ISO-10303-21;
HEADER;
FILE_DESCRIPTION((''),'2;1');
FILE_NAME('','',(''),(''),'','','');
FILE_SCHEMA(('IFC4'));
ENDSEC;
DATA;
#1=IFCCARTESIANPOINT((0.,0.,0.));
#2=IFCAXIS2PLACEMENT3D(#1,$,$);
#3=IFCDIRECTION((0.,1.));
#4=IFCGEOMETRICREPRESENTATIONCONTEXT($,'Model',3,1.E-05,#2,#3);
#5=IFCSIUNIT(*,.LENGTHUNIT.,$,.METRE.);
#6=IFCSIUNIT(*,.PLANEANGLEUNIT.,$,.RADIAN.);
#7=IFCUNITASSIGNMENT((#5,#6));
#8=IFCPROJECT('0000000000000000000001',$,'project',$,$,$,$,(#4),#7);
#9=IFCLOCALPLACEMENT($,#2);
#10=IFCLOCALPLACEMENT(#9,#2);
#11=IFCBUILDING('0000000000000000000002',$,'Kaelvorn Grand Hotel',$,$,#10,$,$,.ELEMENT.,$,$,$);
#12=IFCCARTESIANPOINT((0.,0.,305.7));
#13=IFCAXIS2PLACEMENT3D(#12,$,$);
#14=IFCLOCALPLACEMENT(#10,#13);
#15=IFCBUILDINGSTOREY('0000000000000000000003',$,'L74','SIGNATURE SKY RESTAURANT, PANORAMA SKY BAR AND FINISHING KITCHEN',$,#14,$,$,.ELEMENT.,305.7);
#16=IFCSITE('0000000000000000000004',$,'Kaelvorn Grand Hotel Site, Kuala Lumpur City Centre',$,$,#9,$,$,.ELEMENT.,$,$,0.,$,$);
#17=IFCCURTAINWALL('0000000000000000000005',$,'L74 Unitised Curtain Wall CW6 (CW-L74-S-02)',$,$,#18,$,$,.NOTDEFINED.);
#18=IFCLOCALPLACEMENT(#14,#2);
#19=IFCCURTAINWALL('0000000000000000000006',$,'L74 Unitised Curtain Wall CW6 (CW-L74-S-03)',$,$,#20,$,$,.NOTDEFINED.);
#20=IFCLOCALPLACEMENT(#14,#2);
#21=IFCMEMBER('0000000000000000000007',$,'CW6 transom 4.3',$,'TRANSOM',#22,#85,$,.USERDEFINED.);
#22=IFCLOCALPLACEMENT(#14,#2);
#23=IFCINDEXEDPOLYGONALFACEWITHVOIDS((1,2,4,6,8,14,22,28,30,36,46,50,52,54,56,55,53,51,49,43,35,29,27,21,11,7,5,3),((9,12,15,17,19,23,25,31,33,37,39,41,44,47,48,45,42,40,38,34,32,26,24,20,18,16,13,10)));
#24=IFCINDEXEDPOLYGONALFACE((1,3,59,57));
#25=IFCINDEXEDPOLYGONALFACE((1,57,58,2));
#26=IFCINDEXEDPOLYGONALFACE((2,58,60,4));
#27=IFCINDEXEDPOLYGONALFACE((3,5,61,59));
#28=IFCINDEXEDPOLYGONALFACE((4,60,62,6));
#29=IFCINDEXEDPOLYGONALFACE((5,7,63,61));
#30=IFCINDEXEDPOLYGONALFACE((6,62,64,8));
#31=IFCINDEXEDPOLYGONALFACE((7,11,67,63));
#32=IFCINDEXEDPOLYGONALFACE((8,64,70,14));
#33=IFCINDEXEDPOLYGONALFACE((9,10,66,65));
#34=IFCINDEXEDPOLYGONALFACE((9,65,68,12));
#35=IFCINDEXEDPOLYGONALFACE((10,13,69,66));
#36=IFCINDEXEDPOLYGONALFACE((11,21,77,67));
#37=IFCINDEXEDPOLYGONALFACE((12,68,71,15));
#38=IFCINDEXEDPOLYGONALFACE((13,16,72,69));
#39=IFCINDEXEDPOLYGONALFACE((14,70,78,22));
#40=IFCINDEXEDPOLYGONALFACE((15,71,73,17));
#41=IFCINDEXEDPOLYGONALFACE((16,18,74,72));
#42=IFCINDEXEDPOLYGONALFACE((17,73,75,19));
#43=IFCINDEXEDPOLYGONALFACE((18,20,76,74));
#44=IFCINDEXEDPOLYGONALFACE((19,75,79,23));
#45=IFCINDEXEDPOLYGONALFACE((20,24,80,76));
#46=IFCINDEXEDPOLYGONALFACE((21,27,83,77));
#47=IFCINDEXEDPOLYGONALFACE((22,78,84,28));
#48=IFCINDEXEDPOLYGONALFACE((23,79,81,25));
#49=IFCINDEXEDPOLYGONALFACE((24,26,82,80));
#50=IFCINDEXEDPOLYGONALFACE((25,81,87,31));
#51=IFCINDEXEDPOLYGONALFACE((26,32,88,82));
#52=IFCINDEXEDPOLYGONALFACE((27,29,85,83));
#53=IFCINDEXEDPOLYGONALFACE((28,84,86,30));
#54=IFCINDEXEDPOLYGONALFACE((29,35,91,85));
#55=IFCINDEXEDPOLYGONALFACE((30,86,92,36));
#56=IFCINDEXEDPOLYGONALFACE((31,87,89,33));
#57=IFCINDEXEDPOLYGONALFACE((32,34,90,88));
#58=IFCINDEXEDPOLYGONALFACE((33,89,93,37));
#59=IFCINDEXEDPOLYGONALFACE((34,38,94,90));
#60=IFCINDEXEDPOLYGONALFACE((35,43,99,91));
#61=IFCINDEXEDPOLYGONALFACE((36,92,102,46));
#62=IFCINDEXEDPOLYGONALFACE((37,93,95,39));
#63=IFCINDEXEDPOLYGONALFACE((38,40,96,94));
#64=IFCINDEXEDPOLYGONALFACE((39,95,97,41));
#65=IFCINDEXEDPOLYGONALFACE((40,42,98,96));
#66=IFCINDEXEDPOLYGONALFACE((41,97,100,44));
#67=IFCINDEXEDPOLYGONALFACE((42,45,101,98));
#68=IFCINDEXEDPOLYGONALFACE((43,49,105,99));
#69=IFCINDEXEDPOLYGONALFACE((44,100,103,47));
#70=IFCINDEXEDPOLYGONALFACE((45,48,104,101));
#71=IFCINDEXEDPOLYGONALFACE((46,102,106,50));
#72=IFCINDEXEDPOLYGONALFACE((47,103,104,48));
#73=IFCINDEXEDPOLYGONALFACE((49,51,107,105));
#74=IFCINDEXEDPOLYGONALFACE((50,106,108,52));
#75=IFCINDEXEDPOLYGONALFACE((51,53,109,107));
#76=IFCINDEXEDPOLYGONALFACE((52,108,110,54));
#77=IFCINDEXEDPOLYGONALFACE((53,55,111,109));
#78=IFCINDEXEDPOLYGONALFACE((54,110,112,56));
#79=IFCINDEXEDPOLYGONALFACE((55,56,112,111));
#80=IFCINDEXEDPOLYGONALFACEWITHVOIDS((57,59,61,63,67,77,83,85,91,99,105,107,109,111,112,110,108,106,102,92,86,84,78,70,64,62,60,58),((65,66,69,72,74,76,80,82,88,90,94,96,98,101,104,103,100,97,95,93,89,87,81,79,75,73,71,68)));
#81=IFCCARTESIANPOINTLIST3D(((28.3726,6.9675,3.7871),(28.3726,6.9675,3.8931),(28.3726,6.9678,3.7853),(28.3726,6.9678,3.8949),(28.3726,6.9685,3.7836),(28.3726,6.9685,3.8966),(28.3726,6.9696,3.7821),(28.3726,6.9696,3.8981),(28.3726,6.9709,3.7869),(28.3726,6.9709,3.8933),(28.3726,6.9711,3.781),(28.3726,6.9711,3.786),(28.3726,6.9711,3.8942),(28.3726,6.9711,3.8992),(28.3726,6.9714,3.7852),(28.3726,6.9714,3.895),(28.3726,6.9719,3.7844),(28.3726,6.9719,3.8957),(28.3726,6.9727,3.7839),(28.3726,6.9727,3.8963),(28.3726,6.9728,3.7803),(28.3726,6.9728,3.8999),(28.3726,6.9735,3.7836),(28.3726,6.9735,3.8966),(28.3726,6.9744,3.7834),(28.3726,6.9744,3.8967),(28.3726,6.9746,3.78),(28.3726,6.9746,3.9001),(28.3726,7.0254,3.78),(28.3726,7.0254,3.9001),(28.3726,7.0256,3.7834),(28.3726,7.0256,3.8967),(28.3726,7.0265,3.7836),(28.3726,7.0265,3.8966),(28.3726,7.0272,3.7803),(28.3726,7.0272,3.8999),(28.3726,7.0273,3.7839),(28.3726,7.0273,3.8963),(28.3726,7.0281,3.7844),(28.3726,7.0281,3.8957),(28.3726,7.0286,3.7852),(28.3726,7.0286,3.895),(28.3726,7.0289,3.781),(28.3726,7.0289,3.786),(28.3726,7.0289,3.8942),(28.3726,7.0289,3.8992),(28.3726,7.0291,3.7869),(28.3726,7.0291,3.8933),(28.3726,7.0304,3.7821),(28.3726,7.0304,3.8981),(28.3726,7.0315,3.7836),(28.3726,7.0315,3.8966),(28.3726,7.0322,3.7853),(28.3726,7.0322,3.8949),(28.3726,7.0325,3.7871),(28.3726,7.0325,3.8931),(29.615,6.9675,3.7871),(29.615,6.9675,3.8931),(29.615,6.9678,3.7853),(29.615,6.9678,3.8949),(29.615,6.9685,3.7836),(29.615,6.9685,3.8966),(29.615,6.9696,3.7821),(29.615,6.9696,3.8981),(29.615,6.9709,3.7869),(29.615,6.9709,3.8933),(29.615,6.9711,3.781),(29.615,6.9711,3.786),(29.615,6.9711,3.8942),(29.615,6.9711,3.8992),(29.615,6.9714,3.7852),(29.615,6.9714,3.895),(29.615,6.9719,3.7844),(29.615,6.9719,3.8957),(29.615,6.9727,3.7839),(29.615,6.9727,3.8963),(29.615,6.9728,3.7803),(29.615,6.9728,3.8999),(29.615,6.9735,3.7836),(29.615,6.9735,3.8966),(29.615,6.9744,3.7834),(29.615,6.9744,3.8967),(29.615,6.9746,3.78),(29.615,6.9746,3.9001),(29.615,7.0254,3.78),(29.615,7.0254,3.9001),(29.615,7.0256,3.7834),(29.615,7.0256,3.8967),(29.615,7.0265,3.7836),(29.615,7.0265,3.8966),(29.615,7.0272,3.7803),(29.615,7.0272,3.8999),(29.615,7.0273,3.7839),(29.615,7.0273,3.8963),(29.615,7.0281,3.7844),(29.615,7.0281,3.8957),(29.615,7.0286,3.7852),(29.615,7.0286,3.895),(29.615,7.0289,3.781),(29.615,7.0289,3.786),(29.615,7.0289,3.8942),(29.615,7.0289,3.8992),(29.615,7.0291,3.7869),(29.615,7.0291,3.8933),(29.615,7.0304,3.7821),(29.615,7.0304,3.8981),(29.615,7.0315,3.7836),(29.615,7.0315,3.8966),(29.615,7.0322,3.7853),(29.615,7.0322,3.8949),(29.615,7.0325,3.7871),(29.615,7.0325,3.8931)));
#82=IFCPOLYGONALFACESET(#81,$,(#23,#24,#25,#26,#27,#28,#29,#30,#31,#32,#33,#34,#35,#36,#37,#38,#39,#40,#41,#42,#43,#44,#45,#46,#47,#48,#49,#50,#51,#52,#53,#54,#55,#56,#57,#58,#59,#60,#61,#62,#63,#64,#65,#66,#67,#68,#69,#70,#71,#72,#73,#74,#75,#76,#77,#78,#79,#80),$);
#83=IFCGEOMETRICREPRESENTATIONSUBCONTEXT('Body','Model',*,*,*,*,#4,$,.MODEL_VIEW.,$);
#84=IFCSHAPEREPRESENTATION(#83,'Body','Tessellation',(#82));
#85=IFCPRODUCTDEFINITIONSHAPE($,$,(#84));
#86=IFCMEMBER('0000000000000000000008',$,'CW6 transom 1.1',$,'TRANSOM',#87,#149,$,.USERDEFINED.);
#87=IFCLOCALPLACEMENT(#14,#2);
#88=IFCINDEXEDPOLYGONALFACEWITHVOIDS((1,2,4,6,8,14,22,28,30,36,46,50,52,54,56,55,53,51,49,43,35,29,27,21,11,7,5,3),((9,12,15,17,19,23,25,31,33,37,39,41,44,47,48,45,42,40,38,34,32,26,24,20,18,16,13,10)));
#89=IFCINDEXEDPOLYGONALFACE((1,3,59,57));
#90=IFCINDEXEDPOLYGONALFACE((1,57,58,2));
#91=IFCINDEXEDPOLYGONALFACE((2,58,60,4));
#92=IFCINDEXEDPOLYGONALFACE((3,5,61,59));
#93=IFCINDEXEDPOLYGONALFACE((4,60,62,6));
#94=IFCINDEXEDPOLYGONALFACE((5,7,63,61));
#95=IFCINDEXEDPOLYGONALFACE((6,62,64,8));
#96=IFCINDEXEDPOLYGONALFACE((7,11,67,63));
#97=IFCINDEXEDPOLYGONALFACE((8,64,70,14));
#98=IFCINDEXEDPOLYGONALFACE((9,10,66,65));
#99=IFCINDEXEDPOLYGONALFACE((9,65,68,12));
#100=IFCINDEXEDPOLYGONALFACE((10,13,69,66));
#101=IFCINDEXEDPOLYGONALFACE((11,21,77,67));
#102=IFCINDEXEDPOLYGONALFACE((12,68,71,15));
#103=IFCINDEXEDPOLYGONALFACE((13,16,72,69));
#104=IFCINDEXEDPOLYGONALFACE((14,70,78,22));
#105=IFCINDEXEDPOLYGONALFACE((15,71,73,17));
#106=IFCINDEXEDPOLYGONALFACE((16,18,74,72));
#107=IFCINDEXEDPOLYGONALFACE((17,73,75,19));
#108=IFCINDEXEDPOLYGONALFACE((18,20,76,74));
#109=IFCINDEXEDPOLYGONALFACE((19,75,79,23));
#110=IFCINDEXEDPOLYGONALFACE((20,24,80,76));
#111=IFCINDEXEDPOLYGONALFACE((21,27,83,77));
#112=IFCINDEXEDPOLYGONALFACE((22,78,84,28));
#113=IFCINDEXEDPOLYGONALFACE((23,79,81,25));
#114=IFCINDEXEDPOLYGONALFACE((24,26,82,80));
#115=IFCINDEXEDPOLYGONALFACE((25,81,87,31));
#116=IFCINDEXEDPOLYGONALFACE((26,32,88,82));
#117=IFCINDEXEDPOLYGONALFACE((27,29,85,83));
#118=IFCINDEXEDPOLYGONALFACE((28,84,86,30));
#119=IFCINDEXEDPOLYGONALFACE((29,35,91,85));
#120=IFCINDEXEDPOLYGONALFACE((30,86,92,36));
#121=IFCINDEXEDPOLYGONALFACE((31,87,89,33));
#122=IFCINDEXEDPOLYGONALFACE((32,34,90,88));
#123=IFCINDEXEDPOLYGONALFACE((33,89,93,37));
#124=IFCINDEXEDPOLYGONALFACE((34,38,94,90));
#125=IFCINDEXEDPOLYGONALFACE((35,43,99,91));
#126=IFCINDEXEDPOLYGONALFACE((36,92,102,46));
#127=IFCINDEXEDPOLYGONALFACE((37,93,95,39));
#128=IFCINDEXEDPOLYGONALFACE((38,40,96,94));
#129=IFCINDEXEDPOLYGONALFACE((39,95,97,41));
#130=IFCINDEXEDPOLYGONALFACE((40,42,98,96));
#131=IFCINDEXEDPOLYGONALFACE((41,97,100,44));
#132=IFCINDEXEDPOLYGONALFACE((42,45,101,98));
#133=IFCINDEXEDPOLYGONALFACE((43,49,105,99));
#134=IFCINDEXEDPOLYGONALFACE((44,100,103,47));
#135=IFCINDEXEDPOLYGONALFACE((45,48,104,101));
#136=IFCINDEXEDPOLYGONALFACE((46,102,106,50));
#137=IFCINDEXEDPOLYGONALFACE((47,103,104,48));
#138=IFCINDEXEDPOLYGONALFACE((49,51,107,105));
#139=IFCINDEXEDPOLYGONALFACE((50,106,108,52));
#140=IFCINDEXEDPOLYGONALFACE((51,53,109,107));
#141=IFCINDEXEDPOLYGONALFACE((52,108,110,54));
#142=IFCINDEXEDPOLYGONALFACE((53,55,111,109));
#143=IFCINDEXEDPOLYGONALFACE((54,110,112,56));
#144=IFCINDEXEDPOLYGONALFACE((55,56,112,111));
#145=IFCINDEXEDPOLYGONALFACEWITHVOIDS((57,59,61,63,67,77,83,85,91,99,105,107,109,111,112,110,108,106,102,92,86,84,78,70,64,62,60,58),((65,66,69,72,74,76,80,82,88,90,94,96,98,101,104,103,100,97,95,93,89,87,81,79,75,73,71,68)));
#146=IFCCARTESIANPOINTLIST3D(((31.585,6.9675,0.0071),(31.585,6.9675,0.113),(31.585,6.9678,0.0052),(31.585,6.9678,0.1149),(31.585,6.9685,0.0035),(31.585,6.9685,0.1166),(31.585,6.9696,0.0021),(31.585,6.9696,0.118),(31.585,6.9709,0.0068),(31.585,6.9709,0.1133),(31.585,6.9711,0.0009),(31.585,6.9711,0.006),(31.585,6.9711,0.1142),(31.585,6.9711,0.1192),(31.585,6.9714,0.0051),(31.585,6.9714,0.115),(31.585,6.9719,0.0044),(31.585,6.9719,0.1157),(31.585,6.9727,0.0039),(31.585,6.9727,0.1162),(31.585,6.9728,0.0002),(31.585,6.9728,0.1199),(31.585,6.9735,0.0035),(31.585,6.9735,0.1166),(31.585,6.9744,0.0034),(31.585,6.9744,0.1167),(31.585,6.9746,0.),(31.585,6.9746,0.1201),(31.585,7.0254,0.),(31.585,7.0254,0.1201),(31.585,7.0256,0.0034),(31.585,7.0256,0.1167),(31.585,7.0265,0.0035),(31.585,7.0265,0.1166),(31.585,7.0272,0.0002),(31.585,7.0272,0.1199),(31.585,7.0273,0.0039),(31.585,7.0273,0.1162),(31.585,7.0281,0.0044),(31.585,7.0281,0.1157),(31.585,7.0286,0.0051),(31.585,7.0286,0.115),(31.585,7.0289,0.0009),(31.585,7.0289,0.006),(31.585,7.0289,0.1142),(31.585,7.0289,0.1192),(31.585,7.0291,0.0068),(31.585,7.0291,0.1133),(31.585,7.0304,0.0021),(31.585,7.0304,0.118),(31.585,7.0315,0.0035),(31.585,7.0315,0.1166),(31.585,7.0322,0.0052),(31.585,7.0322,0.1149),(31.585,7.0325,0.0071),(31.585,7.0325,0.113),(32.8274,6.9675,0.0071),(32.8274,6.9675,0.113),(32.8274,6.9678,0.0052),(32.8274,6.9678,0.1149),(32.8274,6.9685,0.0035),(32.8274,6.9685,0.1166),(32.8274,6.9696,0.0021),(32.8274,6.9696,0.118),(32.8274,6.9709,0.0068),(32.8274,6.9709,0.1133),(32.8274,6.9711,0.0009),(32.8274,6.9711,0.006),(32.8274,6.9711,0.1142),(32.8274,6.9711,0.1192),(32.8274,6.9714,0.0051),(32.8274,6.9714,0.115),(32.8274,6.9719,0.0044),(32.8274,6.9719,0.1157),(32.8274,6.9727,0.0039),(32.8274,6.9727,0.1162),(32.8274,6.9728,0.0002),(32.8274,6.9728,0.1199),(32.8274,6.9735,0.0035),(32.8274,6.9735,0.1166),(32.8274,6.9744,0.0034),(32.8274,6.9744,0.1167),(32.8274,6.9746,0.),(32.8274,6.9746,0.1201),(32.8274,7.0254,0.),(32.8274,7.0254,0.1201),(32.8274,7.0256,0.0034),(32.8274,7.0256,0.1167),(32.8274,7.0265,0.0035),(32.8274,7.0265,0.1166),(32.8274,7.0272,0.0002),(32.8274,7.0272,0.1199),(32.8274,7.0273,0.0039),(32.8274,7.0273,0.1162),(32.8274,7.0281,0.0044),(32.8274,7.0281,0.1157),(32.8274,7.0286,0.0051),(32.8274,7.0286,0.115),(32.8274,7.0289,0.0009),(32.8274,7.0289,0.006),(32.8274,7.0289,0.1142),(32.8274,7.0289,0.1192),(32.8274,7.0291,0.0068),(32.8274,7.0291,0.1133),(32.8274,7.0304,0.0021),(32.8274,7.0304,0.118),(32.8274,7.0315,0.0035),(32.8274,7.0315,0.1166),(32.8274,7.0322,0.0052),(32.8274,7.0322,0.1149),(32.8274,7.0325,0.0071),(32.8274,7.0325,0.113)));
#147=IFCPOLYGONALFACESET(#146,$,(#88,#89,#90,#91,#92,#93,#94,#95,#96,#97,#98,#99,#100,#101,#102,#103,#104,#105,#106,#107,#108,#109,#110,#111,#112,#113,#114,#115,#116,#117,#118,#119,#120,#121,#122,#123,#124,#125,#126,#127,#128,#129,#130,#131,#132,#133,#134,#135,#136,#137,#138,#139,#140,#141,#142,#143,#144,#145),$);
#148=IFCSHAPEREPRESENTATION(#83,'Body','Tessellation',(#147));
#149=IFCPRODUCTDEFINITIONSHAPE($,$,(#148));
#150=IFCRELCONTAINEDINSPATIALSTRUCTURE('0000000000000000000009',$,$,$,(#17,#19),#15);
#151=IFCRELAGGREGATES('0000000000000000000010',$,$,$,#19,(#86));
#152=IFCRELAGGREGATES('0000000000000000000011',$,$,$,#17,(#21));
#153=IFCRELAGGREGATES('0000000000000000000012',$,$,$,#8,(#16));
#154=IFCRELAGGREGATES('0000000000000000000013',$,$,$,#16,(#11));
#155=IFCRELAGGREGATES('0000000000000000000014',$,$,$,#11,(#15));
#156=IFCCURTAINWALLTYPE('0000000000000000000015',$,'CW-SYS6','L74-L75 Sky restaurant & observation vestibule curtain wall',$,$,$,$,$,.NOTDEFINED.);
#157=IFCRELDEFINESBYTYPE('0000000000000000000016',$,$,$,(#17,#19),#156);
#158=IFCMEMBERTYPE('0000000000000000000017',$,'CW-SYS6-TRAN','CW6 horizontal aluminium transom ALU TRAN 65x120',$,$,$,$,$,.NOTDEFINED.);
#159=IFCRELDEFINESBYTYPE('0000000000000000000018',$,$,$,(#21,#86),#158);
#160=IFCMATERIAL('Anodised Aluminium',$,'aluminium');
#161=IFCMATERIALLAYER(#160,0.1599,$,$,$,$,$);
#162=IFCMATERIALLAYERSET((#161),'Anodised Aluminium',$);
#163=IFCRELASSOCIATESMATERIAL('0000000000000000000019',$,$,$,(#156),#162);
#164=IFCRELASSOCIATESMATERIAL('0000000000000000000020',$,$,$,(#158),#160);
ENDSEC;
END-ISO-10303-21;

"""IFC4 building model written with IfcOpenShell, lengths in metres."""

from ifc_helpers import new_model, si_unit, direction, frame, origin, origin_2d, place, context, subcontext, project, spatial, hollow_rectangle, extrude, material, layer, layer_set, material_profile, profile_set, type_object, element, aggregate, save


model = new_model("IFC4")

# Units and contexts
model_context = context("Model", 3, precision=1e-05, world=origin(), true_north=direction((0.0, 1.0)))
body_context = subcontext(model_context, "Body", "Model", "MODEL_VIEW")
ifc_project = project(units=[si_unit("LENGTHUNIT", "METRE"), si_unit("PLANEANGLEUNIT", "RADIAN")], contexts=[model_context])

# Site, building, storey
site_placement = place(None, origin())
site = spatial("IfcSite", under=ifc_project, at=site_placement, Name="Kaelvorn Grand Hotel Site, Kuala Lumpur City Centre", CompositionType="ELEMENT", RefElevation=0.0)
building_placement = place(site_placement, origin())
building = spatial("IfcBuilding", under=site, at=building_placement, Name="Kaelvorn Grand Hotel", CompositionType="ELEMENT")
storey_placement = place(building_placement, frame((0.0, 0.0, 305.7)))
storey = spatial("IfcBuildingStorey", under=building, at=storey_placement, Name="L74", Description="SIGNATURE SKY RESTAURANT, PANORAMA SKY BAR AND FINISHING KITCHEN", CompositionType="ELEMENT", Elevation=305.7)

# Curtain wall
ifc_material_1 = material(Name="Anodised Aluminium", Category="aluminium")
ifc_layer_1 = layer(ifc_material_1, 0.1599)
ifc_layer_set_1 = layer_set([ifc_layer_1], Name="Anodised Aluminium")
curtain_wall_type = type_object("IfcCurtainWallType", Name="CW-SYS6", Description="L74-L75 Sky restaurant & observation vestibule curtain wall", PredefinedType="NOTDEFINED", material=ifc_layer_set_1)
curtain_wall_1_placement = place(storey_placement, origin())
curtain_wall_1 = element("IfcCurtainWall", 1, at=curtain_wall_1_placement, inside=storey, type_object=curtain_wall_type, Name="L74 Unitised Curtain Wall CW6 (CW-L74-S-02)", PredefinedType="NOTDEFINED")

# Curtain wall
curtain_wall_2_placement = place(storey_placement, origin())
curtain_wall_2 = element("IfcCurtainWall", 2, at=curtain_wall_2_placement, inside=storey, type_object=curtain_wall_type, Name="L74 Unitised Curtain Wall CW6 (CW-L74-S-03)", PredefinedType="NOTDEFINED")

# Members
ifc_material_profile_1 = material_profile(ifc_material_1, hollow_rectangle(XDim=0.0649, YDim=0.1201, WallThickness=0.0034, InnerFilletRadius=0.0034, OuterFilletRadius=0.0071, at=origin_2d()), Name="ALU TRAN 65x120")
ifc_profile_set_1 = profile_set([ifc_material_profile_1], Name="Anodised Aluminium")
member_type_1 = type_object("IfcMemberType", Name="CW-SYS6-TRAN", Description="CW6 horizontal aluminium transom ALU TRAN 65x120", PredefinedType="NOTDEFINED", material=ifc_profile_set_1)
member_1_placement = place(storey_placement, frame((28.3726, 7.0, 3.8401), z_axis=(1.0, 0.0, 0.0), x_axis=(0.0, 1.0, 0.0)))
member_1 = element("IfcMember", 3, at=member_1_placement, type_object=member_type_1, Name="CW6 transom 4.3", ObjectType="TRANSOM", PredefinedType="USERDEFINED", context=body_context, shape_type="SweptSolid", body=[
    extrude(hollow_rectangle(XDim=0.0649, YDim=0.1201, WallThickness=0.0034, InnerFilletRadius=0.0034, OuterFilletRadius=0.0071, at=origin_2d()), origin(), (0.0, 0.0, 1.0), 1.2424),
])
member_2_placement = place(storey_placement, frame((31.585, 7.0, 0.0601), z_axis=(1.0, 0.0, 0.0), x_axis=(0.0, 1.0, 0.0)))
member_2 = element("IfcMember", 4, at=member_2_placement, type_object=member_type_1, Name="CW6 transom 1.1", ObjectType="TRANSOM", PredefinedType="USERDEFINED", context=body_context, shape_type="SweptSolid", body=[
    extrude(hollow_rectangle(XDim=0.0649, YDim=0.1201, WallThickness=0.0034, InnerFilletRadius=0.0034, OuterFilletRadius=0.0071, at=origin_2d()), origin(), (0.0, 0.0, 1.0), 1.2424),
])
aggregate(curtain_wall_2, [member_2])

aggregate(curtain_wall_1, [member_1])

save(model, "model.ifc")
